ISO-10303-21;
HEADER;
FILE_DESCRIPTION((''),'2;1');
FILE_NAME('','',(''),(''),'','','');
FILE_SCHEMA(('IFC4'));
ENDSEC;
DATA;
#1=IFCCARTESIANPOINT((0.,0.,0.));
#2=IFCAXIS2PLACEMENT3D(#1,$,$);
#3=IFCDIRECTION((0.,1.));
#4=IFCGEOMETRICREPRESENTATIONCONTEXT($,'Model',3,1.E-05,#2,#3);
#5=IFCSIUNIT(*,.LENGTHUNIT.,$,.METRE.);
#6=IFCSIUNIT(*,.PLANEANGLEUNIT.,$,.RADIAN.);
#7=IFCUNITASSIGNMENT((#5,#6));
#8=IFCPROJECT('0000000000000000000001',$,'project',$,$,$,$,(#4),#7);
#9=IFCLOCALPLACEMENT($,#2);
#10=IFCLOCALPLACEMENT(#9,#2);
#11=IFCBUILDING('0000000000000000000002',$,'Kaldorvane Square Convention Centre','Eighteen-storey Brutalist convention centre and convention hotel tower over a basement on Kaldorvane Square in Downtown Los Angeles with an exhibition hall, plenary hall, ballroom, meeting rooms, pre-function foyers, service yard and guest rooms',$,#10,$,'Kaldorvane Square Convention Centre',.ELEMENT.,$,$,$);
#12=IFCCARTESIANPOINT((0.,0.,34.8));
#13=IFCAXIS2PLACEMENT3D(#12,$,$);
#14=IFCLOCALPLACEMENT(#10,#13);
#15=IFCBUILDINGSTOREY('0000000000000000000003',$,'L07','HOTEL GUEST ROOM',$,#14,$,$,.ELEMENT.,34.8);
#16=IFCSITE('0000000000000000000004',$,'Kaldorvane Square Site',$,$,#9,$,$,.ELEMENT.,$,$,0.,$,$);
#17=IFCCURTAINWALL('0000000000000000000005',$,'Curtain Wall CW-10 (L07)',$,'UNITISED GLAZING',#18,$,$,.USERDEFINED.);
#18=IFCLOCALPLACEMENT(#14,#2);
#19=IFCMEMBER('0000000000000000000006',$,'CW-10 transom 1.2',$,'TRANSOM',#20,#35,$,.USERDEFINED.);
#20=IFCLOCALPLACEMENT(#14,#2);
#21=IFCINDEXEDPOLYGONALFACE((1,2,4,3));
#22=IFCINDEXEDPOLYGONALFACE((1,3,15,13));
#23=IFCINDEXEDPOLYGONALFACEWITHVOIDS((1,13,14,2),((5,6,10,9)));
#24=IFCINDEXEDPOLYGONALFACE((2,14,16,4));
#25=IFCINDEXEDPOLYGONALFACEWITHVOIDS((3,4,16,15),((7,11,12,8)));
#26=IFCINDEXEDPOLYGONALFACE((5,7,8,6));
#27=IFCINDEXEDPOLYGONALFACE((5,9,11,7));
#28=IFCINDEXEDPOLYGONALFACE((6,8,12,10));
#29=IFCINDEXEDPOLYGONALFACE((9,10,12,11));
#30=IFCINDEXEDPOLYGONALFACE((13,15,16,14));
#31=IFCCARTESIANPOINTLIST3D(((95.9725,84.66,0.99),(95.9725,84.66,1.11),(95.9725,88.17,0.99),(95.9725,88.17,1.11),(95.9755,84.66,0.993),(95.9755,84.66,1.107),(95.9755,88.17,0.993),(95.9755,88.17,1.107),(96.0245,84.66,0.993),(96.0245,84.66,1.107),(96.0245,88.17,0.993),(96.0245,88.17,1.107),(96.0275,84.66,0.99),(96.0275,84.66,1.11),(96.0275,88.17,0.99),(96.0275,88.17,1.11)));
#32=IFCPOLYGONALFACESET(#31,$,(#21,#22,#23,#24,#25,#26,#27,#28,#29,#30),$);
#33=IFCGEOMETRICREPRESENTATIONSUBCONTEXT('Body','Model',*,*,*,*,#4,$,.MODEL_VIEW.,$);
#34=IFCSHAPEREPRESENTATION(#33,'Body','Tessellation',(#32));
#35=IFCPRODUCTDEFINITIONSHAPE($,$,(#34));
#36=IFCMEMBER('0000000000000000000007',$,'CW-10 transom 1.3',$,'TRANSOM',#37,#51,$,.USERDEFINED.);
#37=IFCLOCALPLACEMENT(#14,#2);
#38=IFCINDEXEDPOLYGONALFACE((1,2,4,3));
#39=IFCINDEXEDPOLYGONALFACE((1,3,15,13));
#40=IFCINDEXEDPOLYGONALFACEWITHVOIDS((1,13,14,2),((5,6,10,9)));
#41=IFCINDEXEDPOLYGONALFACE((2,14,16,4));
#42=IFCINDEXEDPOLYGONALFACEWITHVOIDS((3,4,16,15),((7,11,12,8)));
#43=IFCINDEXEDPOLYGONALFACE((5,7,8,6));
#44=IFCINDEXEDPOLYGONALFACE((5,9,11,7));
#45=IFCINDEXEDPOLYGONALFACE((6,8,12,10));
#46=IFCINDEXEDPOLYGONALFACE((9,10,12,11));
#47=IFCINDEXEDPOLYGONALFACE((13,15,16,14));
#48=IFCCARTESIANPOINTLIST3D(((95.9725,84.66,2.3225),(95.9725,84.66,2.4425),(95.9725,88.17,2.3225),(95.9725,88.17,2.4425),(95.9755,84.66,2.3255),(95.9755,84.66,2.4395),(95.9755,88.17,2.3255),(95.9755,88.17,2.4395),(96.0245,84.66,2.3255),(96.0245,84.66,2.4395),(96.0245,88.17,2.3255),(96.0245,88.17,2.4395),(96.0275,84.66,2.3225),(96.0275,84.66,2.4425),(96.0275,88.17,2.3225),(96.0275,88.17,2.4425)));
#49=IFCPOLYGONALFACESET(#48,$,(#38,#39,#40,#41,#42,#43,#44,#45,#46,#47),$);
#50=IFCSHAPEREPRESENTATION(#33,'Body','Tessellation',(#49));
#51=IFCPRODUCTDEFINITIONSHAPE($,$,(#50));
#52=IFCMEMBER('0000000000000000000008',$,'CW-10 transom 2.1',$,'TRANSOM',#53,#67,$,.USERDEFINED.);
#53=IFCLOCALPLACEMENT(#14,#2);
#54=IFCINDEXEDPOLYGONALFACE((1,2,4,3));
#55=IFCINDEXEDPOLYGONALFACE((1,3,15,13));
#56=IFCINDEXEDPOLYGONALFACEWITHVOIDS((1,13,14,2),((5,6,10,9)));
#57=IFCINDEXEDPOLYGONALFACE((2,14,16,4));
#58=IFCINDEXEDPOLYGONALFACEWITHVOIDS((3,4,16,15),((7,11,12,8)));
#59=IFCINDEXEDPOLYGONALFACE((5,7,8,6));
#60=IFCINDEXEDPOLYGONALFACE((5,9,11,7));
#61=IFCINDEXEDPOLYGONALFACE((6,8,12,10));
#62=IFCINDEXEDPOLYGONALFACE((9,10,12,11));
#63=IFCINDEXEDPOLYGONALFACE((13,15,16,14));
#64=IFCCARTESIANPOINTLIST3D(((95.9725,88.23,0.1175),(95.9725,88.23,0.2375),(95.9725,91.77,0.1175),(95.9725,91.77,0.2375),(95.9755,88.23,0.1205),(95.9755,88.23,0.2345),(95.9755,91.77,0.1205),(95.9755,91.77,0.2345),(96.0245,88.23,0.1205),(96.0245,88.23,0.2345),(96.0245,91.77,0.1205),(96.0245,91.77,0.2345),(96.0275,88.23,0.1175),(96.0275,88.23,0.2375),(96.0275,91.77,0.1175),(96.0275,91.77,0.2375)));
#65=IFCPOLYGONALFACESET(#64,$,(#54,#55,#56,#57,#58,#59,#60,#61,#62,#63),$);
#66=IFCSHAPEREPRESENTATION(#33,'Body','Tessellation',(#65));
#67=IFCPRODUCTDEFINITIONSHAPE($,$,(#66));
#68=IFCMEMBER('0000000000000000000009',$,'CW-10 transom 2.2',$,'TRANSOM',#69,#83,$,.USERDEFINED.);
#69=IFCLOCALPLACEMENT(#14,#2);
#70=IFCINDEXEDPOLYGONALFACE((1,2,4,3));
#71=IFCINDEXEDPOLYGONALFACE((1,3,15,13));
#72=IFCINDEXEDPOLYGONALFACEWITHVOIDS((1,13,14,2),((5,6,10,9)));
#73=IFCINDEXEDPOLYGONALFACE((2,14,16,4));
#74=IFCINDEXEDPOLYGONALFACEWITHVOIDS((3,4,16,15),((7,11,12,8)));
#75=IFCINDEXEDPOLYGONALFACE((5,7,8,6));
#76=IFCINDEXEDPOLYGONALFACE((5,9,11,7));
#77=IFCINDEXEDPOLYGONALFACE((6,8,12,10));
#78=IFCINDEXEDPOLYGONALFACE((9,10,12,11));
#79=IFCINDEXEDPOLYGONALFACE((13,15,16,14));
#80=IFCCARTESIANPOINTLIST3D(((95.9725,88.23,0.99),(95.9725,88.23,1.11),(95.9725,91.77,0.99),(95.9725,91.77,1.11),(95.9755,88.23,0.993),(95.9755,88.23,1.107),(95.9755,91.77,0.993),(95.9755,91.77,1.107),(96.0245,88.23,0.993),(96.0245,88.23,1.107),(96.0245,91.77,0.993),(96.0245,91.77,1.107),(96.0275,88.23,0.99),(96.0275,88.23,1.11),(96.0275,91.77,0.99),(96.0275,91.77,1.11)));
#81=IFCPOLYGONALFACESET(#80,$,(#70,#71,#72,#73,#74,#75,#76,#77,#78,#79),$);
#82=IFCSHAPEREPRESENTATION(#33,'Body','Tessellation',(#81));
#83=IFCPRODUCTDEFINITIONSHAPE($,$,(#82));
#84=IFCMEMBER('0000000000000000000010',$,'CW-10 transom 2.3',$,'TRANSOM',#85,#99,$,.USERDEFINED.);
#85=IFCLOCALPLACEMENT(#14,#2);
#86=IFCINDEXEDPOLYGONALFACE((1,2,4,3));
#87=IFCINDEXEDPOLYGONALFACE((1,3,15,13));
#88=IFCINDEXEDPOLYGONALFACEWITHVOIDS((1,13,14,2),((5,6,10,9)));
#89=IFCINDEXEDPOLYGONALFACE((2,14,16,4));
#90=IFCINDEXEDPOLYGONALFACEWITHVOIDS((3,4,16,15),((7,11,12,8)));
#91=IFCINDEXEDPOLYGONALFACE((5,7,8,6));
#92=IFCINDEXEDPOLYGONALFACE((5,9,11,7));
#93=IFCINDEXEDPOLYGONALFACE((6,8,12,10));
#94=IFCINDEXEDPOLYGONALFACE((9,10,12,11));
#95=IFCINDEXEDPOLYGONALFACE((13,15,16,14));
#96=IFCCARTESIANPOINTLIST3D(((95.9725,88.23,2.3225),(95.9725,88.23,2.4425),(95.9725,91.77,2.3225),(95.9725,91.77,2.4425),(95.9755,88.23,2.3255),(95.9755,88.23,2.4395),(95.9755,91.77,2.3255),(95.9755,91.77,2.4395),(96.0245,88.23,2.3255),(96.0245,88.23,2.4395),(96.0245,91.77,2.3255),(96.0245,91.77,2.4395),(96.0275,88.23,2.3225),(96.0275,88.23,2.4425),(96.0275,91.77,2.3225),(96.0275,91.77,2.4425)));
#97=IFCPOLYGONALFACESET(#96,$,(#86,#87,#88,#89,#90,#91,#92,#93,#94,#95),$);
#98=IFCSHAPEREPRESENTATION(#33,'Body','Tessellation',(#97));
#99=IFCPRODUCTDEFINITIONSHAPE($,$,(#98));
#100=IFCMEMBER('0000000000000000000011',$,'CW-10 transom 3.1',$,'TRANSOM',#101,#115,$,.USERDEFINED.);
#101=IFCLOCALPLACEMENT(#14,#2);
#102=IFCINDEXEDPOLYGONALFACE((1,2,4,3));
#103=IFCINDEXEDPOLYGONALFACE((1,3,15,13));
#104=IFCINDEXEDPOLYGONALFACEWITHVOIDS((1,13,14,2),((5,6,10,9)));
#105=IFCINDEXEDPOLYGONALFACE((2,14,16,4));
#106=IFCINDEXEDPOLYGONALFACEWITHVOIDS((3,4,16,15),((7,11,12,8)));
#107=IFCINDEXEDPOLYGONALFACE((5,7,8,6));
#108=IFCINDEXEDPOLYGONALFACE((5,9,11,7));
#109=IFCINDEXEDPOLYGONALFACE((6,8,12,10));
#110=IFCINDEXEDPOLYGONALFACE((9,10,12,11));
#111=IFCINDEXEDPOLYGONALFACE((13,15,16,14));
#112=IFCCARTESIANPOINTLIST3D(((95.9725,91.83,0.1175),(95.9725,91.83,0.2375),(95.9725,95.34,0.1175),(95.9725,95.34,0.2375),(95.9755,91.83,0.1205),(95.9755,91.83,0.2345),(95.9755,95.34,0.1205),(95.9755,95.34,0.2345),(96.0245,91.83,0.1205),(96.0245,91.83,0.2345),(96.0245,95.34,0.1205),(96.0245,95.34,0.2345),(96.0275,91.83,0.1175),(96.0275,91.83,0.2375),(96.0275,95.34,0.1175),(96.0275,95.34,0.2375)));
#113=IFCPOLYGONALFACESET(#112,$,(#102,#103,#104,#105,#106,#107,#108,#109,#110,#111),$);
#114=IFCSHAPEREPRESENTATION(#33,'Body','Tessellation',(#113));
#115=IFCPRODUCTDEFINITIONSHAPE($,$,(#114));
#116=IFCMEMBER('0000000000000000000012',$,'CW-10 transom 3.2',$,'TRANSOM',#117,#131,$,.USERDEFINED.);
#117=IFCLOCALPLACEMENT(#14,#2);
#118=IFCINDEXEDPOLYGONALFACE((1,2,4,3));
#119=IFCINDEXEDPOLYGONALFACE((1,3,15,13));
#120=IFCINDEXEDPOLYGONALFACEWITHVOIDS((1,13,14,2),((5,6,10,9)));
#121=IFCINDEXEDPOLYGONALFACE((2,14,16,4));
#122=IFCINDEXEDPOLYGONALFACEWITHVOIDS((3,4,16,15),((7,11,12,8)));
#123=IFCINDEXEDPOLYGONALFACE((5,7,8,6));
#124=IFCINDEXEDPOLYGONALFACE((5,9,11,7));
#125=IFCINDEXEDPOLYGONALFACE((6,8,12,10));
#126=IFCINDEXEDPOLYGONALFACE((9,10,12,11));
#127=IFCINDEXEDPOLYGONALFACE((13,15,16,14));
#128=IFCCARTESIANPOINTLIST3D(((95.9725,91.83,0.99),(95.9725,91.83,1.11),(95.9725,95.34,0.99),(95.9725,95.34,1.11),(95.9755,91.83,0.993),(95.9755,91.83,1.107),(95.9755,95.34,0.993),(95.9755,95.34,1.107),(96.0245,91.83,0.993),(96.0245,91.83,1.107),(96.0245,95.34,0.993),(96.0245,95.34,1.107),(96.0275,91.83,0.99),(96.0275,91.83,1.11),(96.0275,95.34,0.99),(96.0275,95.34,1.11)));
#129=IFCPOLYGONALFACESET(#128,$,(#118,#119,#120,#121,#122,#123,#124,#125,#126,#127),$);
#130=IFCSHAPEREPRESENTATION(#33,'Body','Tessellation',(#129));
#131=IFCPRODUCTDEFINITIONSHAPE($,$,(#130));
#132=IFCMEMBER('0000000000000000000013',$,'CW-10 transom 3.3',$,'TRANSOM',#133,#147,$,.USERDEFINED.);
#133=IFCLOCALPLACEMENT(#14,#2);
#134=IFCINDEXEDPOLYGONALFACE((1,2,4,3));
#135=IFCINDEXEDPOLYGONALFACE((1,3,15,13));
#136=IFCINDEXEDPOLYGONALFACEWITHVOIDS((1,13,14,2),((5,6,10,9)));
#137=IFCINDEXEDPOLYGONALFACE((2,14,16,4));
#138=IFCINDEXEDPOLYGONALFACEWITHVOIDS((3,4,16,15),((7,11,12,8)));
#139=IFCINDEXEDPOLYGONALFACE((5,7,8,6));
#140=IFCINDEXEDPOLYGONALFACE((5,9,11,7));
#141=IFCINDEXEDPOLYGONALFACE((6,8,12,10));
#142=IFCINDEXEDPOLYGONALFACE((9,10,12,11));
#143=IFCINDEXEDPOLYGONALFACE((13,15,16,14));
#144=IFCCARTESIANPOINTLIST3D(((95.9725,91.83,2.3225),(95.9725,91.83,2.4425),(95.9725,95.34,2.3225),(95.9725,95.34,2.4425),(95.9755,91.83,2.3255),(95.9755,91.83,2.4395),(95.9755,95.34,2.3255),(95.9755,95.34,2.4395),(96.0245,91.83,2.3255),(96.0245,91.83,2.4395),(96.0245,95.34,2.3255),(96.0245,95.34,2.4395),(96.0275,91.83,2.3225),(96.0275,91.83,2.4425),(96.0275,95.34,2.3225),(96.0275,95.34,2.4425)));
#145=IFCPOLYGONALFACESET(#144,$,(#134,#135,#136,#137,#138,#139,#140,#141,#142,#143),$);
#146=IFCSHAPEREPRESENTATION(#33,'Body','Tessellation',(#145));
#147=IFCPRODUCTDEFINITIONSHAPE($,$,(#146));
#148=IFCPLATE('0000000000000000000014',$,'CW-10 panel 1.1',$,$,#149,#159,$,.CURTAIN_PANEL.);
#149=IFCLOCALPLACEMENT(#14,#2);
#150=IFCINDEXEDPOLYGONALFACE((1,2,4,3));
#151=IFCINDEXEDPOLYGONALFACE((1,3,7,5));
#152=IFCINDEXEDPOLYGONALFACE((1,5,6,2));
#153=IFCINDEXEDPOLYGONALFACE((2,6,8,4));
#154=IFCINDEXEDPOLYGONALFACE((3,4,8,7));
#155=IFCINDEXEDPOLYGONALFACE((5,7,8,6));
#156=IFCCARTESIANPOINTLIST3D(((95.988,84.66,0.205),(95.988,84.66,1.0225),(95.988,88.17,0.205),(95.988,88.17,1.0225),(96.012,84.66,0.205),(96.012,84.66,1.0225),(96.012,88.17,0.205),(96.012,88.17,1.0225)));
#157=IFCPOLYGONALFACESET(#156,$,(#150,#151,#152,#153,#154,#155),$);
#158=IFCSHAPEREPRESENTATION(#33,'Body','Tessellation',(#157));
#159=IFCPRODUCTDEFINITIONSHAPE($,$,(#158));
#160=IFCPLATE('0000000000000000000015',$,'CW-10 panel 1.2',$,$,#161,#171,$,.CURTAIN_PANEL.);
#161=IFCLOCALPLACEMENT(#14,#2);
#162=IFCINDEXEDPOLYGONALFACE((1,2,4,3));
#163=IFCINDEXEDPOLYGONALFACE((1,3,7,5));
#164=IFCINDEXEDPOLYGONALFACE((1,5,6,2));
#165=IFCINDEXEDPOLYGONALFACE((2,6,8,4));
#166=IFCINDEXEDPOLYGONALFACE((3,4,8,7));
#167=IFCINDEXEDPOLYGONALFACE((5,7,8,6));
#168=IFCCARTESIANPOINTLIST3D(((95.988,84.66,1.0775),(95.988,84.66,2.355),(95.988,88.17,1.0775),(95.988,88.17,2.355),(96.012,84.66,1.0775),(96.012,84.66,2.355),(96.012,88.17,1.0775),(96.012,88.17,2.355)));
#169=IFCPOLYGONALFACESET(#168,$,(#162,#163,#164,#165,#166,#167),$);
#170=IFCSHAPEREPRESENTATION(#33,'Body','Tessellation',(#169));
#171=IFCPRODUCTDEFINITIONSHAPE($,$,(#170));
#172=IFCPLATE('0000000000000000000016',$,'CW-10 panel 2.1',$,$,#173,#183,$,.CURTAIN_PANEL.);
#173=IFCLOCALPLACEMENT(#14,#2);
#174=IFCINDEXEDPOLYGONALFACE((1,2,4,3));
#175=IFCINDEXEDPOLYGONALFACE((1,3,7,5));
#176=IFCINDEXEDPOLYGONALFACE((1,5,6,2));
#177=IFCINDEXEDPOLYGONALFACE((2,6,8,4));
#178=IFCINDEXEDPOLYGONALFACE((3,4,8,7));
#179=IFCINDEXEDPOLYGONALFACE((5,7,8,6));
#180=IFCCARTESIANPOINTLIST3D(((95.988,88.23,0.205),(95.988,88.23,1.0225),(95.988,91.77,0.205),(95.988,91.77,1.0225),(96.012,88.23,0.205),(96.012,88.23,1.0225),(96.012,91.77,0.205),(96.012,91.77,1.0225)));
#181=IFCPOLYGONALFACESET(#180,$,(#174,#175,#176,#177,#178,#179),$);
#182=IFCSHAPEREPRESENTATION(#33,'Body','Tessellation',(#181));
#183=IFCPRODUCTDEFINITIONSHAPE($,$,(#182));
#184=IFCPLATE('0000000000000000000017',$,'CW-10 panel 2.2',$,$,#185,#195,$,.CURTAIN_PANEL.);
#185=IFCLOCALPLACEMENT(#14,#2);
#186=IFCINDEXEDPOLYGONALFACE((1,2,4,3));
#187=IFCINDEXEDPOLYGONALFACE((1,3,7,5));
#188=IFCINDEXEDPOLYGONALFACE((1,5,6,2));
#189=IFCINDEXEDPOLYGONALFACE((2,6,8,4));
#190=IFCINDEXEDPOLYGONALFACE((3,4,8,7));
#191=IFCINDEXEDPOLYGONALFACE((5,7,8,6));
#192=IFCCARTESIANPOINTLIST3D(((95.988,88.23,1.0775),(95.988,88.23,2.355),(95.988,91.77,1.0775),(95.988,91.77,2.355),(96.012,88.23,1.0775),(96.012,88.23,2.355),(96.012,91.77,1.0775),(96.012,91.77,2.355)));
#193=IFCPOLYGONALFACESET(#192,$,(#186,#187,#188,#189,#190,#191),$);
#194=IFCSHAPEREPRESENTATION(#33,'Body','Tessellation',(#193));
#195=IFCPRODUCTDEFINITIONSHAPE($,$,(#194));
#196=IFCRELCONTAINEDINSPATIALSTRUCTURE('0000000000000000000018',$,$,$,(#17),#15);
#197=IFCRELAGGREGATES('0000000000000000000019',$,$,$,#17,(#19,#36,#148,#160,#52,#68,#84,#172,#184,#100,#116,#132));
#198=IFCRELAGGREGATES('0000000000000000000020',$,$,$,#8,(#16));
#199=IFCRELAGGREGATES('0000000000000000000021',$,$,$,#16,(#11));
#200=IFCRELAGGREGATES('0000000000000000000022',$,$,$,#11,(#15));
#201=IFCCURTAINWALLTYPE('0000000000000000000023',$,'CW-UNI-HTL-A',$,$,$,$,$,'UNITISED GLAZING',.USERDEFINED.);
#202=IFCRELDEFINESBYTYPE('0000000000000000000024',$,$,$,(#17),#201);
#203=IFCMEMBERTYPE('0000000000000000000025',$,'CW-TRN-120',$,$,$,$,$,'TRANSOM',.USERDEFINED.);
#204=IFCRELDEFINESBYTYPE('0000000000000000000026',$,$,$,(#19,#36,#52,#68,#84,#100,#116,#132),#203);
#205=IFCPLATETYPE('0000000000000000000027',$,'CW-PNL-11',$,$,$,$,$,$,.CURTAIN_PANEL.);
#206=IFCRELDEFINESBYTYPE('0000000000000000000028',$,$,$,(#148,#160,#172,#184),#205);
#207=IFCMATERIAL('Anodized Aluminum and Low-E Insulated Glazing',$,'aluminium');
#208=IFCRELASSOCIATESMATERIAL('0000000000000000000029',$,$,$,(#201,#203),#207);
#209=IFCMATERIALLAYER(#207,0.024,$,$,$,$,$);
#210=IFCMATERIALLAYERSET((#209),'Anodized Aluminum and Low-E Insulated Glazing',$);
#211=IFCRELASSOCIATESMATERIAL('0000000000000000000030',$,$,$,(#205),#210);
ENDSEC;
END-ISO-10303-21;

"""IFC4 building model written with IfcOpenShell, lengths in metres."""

from ifc_helpers import new_model, si_unit, direction, frame, origin, origin_2d, place, context, subcontext, project, spatial, rectangle, hollow_rectangle, extrude, material, layer, layer_set, material_profile, profile_set, type_object, element, aggregate, save


model = new_model("IFC4")

# Units and contexts
model_context = context("Model", 3, precision=1e-05, world=origin(), true_north=direction((0.0, 1.0)))
body_context = subcontext(model_context, "Body", "Model", "MODEL_VIEW")
ifc_project = project(units=[si_unit("LENGTHUNIT", "METRE"), si_unit("PLANEANGLEUNIT", "RADIAN")], contexts=[model_context])

# Site, building, storey
site_placement = place(None, origin())
site = spatial("IfcSite", under=ifc_project, at=site_placement, Name="Kaldorvane Square Site", CompositionType="ELEMENT", RefElevation=0.0)
building_placement = place(site_placement, origin())
building = spatial("IfcBuilding", under=site, at=building_placement, Name="Kaldorvane Square Convention Centre", Description="Eighteen-storey Brutalist convention centre and convention hotel tower over a basement on Kaldorvane Square in Downtown Los Angeles with an exhibition hall, plenary hall, ballroom, meeting rooms, pre-function foyers, service yard and guest rooms", LongName="Kaldorvane Square Convention Centre", CompositionType="ELEMENT")
storey_placement = place(building_placement, frame((0.0, 0.0, 34.8)))
storey = spatial("IfcBuildingStorey", under=building, at=storey_placement, Name="L07", Description="HOTEL GUEST ROOM", CompositionType="ELEMENT", Elevation=34.8)

# Curtain wall, members, plates
ifc_material_1 = material(Name="Anodized Aluminum and Low-E Insulated Glazing", Category="aluminium")
curtain_wall_type = type_object("IfcCurtainWallType", Name="CW-UNI-HTL-A", ElementType="UNITISED GLAZING", PredefinedType="USERDEFINED", material=ifc_material_1)
curtain_wall_placement = place(storey_placement, origin())
curtain_wall = element("IfcCurtainWall", 1, at=curtain_wall_placement, inside=storey, type_object=curtain_wall_type, Name="Curtain Wall CW-10 (L07)", ObjectType="UNITISED GLAZING", PredefinedType="USERDEFINED")
ifc_material_profile_1 = material_profile(ifc_material_1, hollow_rectangle(XDim=0.055, YDim=0.12, WallThickness=0.003, at=origin_2d()), Name="CWT-120X55")
ifc_profile_set_1 = profile_set([ifc_material_profile_1], Name="Anodized Aluminum and Low-E Insulated Glazing")
member_type_1 = type_object("IfcMemberType", Name="CW-TRN-120", ElementType="TRANSOM", PredefinedType="USERDEFINED", material=ifc_profile_set_1)
member_1_placement = place(storey_placement, frame((96.0, 84.66, 1.05), z_axis=(0.0, 1.0, 0.0), x_axis=(-1.0, 0.0, 0.0)))
member_1 = element("IfcMember", 2, at=member_1_placement, type_object=member_type_1, Name="CW-10 transom 1.2", ObjectType="TRANSOM", PredefinedType="USERDEFINED", context=body_context, shape_type="SweptSolid", body=[
    extrude(hollow_rectangle(XDim=0.055, YDim=0.12, WallThickness=0.003, at=origin_2d()), origin(), (0.0, 0.0, 1.0), 3.51),
])
member_2_placement = place(storey_placement, frame((96.0, 84.66, 2.3825), z_axis=(0.0, 1.0, 0.0), x_axis=(-1.0, 0.0, 0.0)))
member_2 = element("IfcMember", 3, at=member_2_placement, type_object=member_type_1, Name="CW-10 transom 1.3", ObjectType="TRANSOM", PredefinedType="USERDEFINED", context=body_context, shape_type="SweptSolid", body=[
    extrude(hollow_rectangle(XDim=0.055, YDim=0.12, WallThickness=0.003, at=origin_2d()), origin(), (0.0, 0.0, 1.0), 3.51),
])
member_3_placement = place(storey_placement, frame((96.0, 88.23, 0.1775), z_axis=(0.0, 1.0, 0.0), x_axis=(-1.0, 0.0, 0.0)))
member_3 = element("IfcMember", 4, at=member_3_placement, type_object=member_type_1, Name="CW-10 transom 2.1", ObjectType="TRANSOM", PredefinedType="USERDEFINED", context=body_context, shape_type="SweptSolid", body=[
    extrude(hollow_rectangle(XDim=0.055, YDim=0.12, WallThickness=0.003, at=origin_2d()), origin(), (0.0, 0.0, 1.0), 3.54),
])
member_4_placement = place(storey_placement, frame((96.0, 88.23, 1.05), z_axis=(0.0, 1.0, 0.0), x_axis=(-1.0, 0.0, 0.0)))
member_4 = element("IfcMember", 5, at=member_4_placement, type_object=member_type_1, Name="CW-10 transom 2.2", ObjectType="TRANSOM", PredefinedType="USERDEFINED", context=body_context, shape_type="SweptSolid", body=[
    extrude(hollow_rectangle(XDim=0.055, YDim=0.12, WallThickness=0.003, at=origin_2d()), origin(), (0.0, 0.0, 1.0), 3.54),
])
member_5_placement = place(storey_placement, frame((96.0, 88.23, 2.3825), z_axis=(0.0, 1.0, 0.0), x_axis=(-1.0, 0.0, 0.0)))
member_5 = element("IfcMember", 6, at=member_5_placement, type_object=member_type_1, Name="CW-10 transom 2.3", ObjectType="TRANSOM", PredefinedType="USERDEFINED", context=body_context, shape_type="SweptSolid", body=[
    extrude(hollow_rectangle(XDim=0.055, YDim=0.12, WallThickness=0.003, at=origin_2d()), origin(), (0.0, 0.0, 1.0), 3.54),
])
member_6_placement = place(storey_placement, frame((96.0, 91.83, 0.1775), z_axis=(0.0, 1.0, 0.0), x_axis=(-1.0, 0.0, 0.0)))
member_6 = element("IfcMember", 7, at=member_6_placement, type_object=member_type_1, Name="CW-10 transom 3.1", ObjectType="TRANSOM", PredefinedType="USERDEFINED", context=body_context, shape_type="SweptSolid", body=[
    extrude(hollow_rectangle(XDim=0.055, YDim=0.12, WallThickness=0.003, at=origin_2d()), origin(), (0.0, 0.0, 1.0), 3.51),
])
member_7_placement = place(storey_placement, frame((96.0, 91.83, 1.05), z_axis=(0.0, 1.0, 0.0), x_axis=(-1.0, 0.0, 0.0)))
member_7 = element("IfcMember", 8, at=member_7_placement, type_object=member_type_1, Name="CW-10 transom 3.2", ObjectType="TRANSOM", PredefinedType="USERDEFINED", context=body_context, shape_type="SweptSolid", body=[
    extrude(hollow_rectangle(XDim=0.055, YDim=0.12, WallThickness=0.003, at=origin_2d()), origin(), (0.0, 0.0, 1.0), 3.51),
])
member_8_placement = place(storey_placement, frame((96.0, 91.83, 2.3825), z_axis=(0.0, 1.0, 0.0), x_axis=(-1.0, 0.0, 0.0)))
member_8 = element("IfcMember", 9, at=member_8_placement, type_object=member_type_1, Name="CW-10 transom 3.3", ObjectType="TRANSOM", PredefinedType="USERDEFINED", context=body_context, shape_type="SweptSolid", body=[
    extrude(hollow_rectangle(XDim=0.055, YDim=0.12, WallThickness=0.003, at=origin_2d()), origin(), (0.0, 0.0, 1.0), 3.51),
])
ifc_layer_1 = layer(ifc_material_1, 0.024)
ifc_layer_set_1 = layer_set([ifc_layer_1], Name="Anodized Aluminum and Low-E Insulated Glazing")
plate_type = type_object("IfcPlateType", Name="CW-PNL-11", PredefinedType="CURTAIN_PANEL", material=ifc_layer_set_1)
plate_1_placement = place(storey_placement, frame((96.0, 86.415, 0.205), z_axis=(0.0, 0.0, 1.0), x_axis=(0.0, 1.0, 0.0)))
plate_1 = element("IfcPlate", 10, at=plate_1_placement, type_object=plate_type, Name="CW-10 panel 1.1", PredefinedType="CURTAIN_PANEL", context=body_context, shape_type="SweptSolid", body=[
    extrude(rectangle(XDim=3.51, YDim=0.024, at=origin_2d()), origin(), (0.0, 0.0, 1.0), 0.8175),
])
plate_2_placement = place(storey_placement, frame((96.0, 86.415, 1.0775), z_axis=(0.0, 0.0, 1.0), x_axis=(0.0, 1.0, 0.0)))
plate_2 = element("IfcPlate", 11, at=plate_2_placement, type_object=plate_type, Name="CW-10 panel 1.2", PredefinedType="CURTAIN_PANEL", context=body_context, shape_type="SweptSolid", body=[
    extrude(rectangle(XDim=3.51, YDim=0.024, at=origin_2d()), origin(), (0.0, 0.0, 1.0), 1.2775),
])
plate_3_placement = place(storey_placement, frame((96.0, 90.0, 0.205), z_axis=(0.0, 0.0, 1.0), x_axis=(0.0, 1.0, 0.0)))
plate_3 = element("IfcPlate", 12, at=plate_3_placement, type_object=plate_type, Name="CW-10 panel 2.1", PredefinedType="CURTAIN_PANEL", context=body_context, shape_type="SweptSolid", body=[
    extrude(rectangle(XDim=3.54, YDim=0.024, at=origin_2d()), origin(), (0.0, 0.0, 1.0), 0.8175),
])
plate_4_placement = place(storey_placement, frame((96.0, 90.0, 1.0775), z_axis=(0.0, 0.0, 1.0), x_axis=(0.0, 1.0, 0.0)))
plate_4 = element("IfcPlate", 13, at=plate_4_placement, type_object=plate_type, Name="CW-10 panel 2.2", PredefinedType="CURTAIN_PANEL", context=body_context, shape_type="SweptSolid", body=[
    extrude(rectangle(XDim=3.54, YDim=0.024, at=origin_2d()), origin(), (0.0, 0.0, 1.0), 1.2775),
])
aggregate(curtain_wall, [member_1, member_2, plate_1, plate_2, member_3, member_4, member_5, plate_3, plate_4, member_6, member_7, member_8])

save(model, "model.ifc")
